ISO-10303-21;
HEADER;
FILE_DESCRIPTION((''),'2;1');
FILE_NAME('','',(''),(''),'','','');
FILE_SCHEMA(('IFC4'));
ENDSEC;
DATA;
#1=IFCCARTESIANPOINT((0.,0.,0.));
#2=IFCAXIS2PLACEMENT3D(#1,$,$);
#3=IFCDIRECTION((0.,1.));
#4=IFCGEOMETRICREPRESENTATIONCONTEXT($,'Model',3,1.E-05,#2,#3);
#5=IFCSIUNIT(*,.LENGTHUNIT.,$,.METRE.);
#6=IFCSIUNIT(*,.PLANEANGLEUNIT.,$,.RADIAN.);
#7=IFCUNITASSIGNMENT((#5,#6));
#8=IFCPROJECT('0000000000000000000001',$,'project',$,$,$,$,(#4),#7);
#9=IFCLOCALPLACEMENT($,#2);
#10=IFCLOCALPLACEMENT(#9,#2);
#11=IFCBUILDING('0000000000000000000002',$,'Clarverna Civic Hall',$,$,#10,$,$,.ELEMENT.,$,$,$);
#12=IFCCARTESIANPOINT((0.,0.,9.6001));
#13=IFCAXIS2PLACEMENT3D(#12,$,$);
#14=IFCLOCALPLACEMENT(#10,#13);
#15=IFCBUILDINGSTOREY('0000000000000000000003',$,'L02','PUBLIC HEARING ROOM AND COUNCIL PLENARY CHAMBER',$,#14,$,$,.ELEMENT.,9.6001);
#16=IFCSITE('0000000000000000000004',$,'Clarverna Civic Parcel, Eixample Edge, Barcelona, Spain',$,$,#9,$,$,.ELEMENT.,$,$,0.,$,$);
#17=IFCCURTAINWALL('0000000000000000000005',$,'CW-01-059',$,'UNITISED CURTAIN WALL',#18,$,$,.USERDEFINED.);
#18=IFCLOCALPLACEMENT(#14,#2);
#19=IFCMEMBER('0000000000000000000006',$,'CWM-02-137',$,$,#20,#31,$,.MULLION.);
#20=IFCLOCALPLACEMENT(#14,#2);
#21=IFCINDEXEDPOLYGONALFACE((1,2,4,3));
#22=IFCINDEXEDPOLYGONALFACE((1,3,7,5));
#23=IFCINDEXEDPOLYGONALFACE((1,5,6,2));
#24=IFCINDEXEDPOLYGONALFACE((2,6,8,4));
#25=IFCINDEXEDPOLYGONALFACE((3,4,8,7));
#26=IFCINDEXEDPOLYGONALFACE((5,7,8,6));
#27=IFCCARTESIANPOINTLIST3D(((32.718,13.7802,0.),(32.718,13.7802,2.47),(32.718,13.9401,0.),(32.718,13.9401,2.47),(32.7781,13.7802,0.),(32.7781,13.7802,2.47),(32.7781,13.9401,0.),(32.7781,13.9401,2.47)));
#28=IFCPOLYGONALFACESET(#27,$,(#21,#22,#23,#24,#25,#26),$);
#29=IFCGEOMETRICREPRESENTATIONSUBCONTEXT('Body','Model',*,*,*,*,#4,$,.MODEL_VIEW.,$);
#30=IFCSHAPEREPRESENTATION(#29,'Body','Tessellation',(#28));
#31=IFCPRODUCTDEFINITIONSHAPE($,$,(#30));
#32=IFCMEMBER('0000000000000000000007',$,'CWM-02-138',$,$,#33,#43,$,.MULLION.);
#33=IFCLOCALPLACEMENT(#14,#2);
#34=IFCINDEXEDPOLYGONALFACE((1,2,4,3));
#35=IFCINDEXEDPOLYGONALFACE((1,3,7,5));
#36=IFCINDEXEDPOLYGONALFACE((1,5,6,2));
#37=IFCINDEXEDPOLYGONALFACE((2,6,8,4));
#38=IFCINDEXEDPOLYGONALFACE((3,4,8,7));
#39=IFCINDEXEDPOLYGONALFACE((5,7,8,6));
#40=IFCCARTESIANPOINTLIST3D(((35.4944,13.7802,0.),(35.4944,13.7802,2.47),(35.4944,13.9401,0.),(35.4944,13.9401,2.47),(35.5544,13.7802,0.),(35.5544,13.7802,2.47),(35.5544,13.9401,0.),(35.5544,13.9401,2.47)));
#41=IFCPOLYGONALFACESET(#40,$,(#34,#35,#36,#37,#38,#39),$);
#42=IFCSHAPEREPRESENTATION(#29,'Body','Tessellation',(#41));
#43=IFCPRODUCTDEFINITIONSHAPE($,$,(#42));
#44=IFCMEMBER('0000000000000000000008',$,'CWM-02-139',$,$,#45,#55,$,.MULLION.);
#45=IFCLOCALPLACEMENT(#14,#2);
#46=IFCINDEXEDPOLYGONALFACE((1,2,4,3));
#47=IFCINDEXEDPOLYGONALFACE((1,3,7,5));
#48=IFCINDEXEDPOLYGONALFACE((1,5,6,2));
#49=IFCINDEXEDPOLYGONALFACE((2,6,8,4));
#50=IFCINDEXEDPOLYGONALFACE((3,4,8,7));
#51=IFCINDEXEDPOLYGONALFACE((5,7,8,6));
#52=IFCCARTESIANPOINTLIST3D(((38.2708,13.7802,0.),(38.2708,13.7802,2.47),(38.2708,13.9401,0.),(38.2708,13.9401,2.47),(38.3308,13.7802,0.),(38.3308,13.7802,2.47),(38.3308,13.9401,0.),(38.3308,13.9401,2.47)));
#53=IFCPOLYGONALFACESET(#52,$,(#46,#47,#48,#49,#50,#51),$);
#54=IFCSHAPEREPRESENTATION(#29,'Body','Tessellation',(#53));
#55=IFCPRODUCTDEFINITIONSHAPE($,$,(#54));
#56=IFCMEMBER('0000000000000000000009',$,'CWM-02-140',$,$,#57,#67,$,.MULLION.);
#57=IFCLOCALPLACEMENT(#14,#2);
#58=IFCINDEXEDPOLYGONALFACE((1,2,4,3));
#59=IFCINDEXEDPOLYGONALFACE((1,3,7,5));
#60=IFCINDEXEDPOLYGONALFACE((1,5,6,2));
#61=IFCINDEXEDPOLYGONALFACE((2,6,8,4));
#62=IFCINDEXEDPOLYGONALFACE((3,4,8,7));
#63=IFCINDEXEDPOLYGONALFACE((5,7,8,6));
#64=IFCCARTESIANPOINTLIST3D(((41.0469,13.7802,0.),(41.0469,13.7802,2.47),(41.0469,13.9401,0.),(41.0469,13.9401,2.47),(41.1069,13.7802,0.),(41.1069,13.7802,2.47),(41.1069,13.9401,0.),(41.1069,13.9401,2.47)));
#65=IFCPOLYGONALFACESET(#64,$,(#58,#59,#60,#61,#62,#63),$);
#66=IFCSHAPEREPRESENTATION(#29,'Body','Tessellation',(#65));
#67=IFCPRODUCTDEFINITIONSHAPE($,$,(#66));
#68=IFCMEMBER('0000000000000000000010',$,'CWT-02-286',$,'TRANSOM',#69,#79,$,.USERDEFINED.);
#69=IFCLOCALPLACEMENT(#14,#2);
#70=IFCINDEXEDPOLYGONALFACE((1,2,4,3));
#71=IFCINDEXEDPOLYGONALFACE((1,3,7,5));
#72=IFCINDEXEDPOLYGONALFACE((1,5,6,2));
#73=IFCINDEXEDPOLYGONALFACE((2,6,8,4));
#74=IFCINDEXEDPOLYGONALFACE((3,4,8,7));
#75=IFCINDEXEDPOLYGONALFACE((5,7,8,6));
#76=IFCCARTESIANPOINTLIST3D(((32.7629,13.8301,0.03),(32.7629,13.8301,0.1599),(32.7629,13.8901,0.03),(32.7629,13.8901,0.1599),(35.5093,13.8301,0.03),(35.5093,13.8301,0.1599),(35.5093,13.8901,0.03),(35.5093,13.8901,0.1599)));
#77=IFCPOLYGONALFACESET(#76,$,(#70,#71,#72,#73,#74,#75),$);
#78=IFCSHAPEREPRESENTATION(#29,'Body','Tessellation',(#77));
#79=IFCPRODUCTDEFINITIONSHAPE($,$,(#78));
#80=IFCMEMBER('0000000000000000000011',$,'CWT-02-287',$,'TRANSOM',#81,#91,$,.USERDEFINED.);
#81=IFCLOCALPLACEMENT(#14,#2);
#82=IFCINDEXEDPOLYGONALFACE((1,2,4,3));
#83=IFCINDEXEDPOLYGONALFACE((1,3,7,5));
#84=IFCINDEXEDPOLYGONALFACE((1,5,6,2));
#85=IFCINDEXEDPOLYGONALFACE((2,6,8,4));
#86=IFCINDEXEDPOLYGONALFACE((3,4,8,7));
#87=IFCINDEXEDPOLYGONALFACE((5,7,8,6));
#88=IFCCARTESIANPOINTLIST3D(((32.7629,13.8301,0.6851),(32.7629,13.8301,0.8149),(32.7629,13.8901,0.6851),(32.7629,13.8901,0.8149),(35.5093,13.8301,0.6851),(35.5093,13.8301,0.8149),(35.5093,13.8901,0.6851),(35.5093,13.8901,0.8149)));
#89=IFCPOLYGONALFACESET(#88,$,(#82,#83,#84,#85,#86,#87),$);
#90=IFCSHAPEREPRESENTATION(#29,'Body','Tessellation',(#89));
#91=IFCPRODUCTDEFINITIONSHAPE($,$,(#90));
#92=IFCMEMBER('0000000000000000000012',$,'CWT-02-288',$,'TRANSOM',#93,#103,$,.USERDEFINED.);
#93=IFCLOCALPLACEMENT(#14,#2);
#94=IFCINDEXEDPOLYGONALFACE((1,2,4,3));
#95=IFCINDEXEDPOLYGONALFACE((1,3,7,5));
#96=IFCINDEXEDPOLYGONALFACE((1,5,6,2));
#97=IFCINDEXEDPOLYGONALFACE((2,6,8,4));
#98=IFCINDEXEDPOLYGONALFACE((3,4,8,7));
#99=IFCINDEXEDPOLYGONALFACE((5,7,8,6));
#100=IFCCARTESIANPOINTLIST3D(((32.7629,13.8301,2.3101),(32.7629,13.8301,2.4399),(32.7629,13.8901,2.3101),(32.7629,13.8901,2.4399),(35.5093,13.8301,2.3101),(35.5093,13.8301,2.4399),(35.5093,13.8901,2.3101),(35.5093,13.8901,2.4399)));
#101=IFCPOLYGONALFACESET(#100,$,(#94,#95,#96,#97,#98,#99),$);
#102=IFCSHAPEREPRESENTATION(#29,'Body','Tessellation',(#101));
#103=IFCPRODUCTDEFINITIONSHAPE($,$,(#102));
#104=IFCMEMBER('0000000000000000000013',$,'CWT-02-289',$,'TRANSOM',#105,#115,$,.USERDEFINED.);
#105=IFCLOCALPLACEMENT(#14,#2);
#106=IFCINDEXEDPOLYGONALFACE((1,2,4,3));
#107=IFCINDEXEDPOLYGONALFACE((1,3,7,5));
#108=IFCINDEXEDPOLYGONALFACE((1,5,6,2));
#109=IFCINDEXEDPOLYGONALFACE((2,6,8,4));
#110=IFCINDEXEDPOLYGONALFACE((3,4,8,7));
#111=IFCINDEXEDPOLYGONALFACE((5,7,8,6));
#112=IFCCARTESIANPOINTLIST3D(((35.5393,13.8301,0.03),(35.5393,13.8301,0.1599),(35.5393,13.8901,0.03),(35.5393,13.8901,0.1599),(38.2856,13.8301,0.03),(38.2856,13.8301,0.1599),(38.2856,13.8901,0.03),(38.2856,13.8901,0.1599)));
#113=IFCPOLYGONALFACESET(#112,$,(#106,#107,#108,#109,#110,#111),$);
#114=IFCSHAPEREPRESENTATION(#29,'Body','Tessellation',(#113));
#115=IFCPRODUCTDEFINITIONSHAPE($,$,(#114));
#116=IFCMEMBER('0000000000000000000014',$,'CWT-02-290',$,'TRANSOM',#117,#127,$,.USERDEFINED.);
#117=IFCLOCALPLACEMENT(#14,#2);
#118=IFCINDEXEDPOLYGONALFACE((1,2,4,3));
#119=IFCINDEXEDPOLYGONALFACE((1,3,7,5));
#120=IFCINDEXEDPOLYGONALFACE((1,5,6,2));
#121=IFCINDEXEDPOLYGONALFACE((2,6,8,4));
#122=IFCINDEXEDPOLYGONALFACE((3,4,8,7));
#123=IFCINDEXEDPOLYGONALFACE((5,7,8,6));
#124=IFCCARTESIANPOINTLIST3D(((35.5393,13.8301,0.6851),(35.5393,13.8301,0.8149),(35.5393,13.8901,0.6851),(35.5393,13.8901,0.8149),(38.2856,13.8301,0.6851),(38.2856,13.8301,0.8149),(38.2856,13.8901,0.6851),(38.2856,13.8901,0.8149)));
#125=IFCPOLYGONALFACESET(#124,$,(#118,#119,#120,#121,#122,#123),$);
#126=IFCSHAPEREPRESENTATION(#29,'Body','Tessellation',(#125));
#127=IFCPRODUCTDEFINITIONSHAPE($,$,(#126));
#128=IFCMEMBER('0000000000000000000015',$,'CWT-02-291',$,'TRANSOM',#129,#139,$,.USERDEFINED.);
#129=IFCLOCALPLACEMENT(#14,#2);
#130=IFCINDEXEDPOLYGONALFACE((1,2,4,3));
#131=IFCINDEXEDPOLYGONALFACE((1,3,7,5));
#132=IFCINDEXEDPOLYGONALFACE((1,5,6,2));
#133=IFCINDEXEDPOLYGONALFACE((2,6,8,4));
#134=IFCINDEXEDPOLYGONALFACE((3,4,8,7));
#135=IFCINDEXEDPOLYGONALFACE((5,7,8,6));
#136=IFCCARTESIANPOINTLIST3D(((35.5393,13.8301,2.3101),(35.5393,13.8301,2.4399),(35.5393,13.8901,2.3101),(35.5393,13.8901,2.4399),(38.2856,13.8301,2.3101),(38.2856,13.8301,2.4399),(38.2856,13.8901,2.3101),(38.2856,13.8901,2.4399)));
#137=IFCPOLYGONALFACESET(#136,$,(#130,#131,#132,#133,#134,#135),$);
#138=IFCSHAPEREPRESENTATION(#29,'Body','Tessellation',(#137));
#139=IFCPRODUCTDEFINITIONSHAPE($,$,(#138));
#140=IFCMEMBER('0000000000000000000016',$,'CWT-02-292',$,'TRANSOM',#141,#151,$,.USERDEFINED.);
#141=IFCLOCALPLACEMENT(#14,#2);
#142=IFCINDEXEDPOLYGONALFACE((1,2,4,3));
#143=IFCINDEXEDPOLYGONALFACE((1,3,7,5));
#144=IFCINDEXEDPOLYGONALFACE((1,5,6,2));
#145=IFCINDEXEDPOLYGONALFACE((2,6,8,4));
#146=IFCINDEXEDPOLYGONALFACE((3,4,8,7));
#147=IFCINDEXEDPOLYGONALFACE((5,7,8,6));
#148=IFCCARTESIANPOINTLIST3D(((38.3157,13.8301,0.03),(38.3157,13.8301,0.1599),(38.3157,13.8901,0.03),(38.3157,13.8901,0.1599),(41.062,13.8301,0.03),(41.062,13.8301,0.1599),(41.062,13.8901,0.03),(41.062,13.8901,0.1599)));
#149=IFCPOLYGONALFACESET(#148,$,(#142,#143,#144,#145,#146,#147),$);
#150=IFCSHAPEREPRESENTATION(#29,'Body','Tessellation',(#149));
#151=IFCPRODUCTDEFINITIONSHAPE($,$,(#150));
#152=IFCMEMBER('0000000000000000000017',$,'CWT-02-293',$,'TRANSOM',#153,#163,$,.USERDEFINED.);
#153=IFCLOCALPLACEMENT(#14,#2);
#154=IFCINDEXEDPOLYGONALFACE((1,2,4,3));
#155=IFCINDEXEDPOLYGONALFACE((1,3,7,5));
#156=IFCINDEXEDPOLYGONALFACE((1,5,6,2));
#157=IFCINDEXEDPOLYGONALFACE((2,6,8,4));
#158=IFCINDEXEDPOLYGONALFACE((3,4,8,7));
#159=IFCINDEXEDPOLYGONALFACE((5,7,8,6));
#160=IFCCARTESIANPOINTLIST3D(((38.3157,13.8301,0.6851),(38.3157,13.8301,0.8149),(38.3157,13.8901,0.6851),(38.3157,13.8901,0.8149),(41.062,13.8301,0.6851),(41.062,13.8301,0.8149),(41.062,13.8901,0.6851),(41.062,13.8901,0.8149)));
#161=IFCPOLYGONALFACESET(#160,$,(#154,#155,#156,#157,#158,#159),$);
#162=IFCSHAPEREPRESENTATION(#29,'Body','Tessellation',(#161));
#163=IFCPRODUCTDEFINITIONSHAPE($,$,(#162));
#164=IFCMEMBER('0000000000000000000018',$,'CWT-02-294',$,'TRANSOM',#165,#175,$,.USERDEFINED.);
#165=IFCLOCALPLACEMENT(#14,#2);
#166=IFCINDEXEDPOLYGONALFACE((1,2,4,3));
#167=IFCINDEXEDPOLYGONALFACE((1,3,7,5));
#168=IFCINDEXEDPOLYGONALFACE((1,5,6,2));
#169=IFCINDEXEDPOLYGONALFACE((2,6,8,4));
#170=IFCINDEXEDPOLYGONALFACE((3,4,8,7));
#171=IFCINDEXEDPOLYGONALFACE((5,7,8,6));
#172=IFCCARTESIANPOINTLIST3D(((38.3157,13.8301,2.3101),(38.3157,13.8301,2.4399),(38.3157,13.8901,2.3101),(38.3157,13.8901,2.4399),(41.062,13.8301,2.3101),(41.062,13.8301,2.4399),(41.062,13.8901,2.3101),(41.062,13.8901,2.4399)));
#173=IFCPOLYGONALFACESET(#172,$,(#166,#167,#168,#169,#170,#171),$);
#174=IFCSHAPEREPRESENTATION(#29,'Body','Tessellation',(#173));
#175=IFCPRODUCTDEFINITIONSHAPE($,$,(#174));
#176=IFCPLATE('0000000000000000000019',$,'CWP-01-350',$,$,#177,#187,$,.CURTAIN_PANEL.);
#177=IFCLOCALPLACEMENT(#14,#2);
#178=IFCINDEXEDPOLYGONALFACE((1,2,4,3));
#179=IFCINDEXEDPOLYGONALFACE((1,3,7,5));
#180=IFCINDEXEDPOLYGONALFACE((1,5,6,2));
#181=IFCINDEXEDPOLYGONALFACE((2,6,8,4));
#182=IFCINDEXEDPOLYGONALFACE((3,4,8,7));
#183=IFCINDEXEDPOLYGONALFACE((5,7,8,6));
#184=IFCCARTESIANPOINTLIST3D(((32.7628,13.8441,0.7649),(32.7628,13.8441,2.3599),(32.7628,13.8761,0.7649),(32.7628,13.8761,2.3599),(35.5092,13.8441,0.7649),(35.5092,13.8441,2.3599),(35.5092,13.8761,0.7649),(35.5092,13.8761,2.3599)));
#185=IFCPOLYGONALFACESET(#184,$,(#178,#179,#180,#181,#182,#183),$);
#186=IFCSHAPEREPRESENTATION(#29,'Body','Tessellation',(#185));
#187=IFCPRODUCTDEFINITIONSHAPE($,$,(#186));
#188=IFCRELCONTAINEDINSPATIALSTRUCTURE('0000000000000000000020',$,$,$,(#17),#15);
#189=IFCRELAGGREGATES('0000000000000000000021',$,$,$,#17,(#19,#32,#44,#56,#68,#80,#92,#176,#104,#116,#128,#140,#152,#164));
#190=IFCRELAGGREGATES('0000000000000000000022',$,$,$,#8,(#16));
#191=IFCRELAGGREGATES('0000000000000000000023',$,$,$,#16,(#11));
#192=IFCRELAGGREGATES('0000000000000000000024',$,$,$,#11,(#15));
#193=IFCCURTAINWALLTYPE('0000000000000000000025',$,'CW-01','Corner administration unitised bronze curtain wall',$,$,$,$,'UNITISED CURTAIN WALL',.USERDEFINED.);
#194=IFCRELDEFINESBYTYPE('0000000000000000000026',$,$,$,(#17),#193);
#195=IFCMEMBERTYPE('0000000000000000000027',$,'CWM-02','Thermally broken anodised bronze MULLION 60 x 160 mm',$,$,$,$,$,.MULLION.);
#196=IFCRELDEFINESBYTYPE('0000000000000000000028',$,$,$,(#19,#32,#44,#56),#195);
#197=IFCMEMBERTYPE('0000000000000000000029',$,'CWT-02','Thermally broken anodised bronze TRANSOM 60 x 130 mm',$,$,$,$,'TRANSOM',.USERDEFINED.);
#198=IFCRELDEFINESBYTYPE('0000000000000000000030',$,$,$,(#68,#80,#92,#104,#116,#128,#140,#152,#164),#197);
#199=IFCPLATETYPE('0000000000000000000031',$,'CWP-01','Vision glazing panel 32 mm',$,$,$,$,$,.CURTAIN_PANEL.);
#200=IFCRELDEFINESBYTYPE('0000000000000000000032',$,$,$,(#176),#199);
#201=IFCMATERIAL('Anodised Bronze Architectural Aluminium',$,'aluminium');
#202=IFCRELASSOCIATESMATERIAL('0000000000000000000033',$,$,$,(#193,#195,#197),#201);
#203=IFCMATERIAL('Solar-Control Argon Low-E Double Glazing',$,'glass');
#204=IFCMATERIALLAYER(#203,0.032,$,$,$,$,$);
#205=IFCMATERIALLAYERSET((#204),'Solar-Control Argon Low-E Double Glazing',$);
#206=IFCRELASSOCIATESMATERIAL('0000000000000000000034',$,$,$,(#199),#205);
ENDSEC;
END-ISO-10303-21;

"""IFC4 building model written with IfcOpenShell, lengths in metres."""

from ifc_helpers import new_model, si_unit, direction, frame, frame_2d, origin, origin_2d, place, context, subcontext, project, spatial, rectangle, extrude, material, layer, layer_set, material_profile, profile_set, type_object, element, aggregate, save


model = new_model("IFC4")

# Units and contexts
model_context = context("Model", 3, precision=1e-05, world=origin(), true_north=direction((0.0, 1.0)))
body_context = subcontext(model_context, "Body", "Model", "MODEL_VIEW")
ifc_project = project(units=[si_unit("LENGTHUNIT", "METRE"), si_unit("PLANEANGLEUNIT", "RADIAN")], contexts=[model_context])

# Site, building, storey
site_placement = place(None, origin())
site = spatial("IfcSite", under=ifc_project, at=site_placement, Name="Clarverna Civic Parcel, Eixample Edge, Barcelona, Spain", CompositionType="ELEMENT", RefElevation=0.0)
building_placement = place(site_placement, origin())
building = spatial("IfcBuilding", under=site, at=building_placement, Name="Clarverna Civic Hall", CompositionType="ELEMENT")
storey_placement = place(building_placement, frame((0.0, 0.0, 9.6001)))
storey = spatial("IfcBuildingStorey", under=building, at=storey_placement, Name="L02", Description="PUBLIC HEARING ROOM AND COUNCIL PLENARY CHAMBER", CompositionType="ELEMENT", Elevation=9.6001)

# Curtain wall, members, plate
ifc_material_1 = material(Name="Anodised Bronze Architectural Aluminium", Category="aluminium")
curtain_wall_type = type_object("IfcCurtainWallType", Name="CW-01", Description="Corner administration unitised bronze curtain wall", ElementType="UNITISED CURTAIN WALL", PredefinedType="USERDEFINED", material=ifc_material_1)
curtain_wall_placement = place(storey_placement, origin())
curtain_wall = element("IfcCurtainWall", 1, at=curtain_wall_placement, inside=storey, type_object=curtain_wall_type, Name="CW-01-059", ObjectType="UNITISED CURTAIN WALL", PredefinedType="USERDEFINED")
ifc_material_profile_1 = material_profile(ifc_material_1, rectangle(XDim=0.0601, YDim=0.1599, at=origin_2d()), Name="BRONZE 60x160")
ifc_profile_set_1 = profile_set([ifc_material_profile_1], Name="Anodised Bronze Architectural Aluminium")
member_type_1 = type_object("IfcMemberType", Name="CWM-02", Description="Thermally broken anodised bronze MULLION 60 x 160 mm", PredefinedType="MULLION", material=ifc_profile_set_1)
member_1_placement = place(storey_placement, frame((32.748, 13.8601, 0.0), z_axis=(0.0, 0.0, 1.0), x_axis=(1.0, 0.0, 0.0)))
member_1 = element("IfcMember", 2, at=member_1_placement, type_object=member_type_1, Name="CWM-02-137", PredefinedType="MULLION", context=body_context, shape_type="SweptSolid", body=[
    extrude(rectangle(XDim=0.0601, YDim=0.1599, at=origin_2d()), origin(), (0.0, 0.0, 1.0), 2.47),
])
member_2_placement = place(storey_placement, frame((35.5244, 13.8601, 0.0), z_axis=(0.0, 0.0, 1.0), x_axis=(1.0, 0.0, 0.0)))
member_2 = element("IfcMember", 3, at=member_2_placement, type_object=member_type_1, Name="CWM-02-138", PredefinedType="MULLION", context=body_context, shape_type="SweptSolid", body=[
    extrude(rectangle(XDim=0.0601, YDim=0.1599, at=origin_2d()), origin(), (0.0, 0.0, 1.0), 2.47),
])
member_3_placement = place(storey_placement, frame((38.3008, 13.8601, 0.0), z_axis=(0.0, 0.0, 1.0), x_axis=(1.0, 0.0, 0.0)))
member_3 = element("IfcMember", 4, at=member_3_placement, type_object=member_type_1, Name="CWM-02-139", PredefinedType="MULLION", context=body_context, shape_type="SweptSolid", body=[
    extrude(rectangle(XDim=0.0601, YDim=0.1599, at=origin_2d()), origin(), (0.0, 0.0, 1.0), 2.47),
])
member_4_placement = place(storey_placement, frame((41.0769, 13.8601, 0.0), z_axis=(0.0, 0.0, 1.0), x_axis=(1.0, 0.0, 0.0)))
member_4 = element("IfcMember", 5, at=member_4_placement, type_object=member_type_1, Name="CWM-02-140", PredefinedType="MULLION", context=body_context, shape_type="SweptSolid", body=[
    extrude(rectangle(XDim=0.0601, YDim=0.1599, at=origin_2d()), origin(), (0.0, 0.0, 1.0), 2.47),
])
ifc_material_profile_2 = material_profile(ifc_material_1, rectangle(XDim=0.0601, YDim=0.1299, at=origin_2d()), Name="BRONZE 60x130")
ifc_profile_set_2 = profile_set([ifc_material_profile_2], Name="Anodised Bronze Architectural Aluminium")
member_type_2 = type_object("IfcMemberType", Name="CWT-02", Description="Thermally broken anodised bronze TRANSOM 60 x 130 mm", ElementType="TRANSOM", PredefinedType="USERDEFINED", material=ifc_profile_set_2)
member_5_placement = place(storey_placement, frame((32.7629, 13.8601, 0.095), z_axis=(1.0, 0.0, 0.0), x_axis=(0.0, 1.0, 0.0)))
member_5 = element("IfcMember", 6, at=member_5_placement, type_object=member_type_2, Name="CWT-02-286", ObjectType="TRANSOM", PredefinedType="USERDEFINED", context=body_context, shape_type="SweptSolid", body=[
    extrude(rectangle(XDim=0.0601, YDim=0.1299, at=origin_2d()), origin(), (0.0, 0.0, 1.0), 2.7463),
])
member_6_placement = place(storey_placement, frame((32.7629, 13.8601, 0.75), z_axis=(1.0, 0.0, 0.0), x_axis=(0.0, 1.0, 0.0)))
member_6 = element("IfcMember", 7, at=member_6_placement, type_object=member_type_2, Name="CWT-02-287", ObjectType="TRANSOM", PredefinedType="USERDEFINED", context=body_context, shape_type="SweptSolid", body=[
    extrude(rectangle(XDim=0.0601, YDim=0.1299, at=origin_2d()), origin(), (0.0, 0.0, 1.0), 2.7463),
])
member_7_placement = place(storey_placement, frame((32.7629, 13.8601, 2.375), z_axis=(1.0, 0.0, 0.0), x_axis=(0.0, 1.0, 0.0)))
member_7 = element("IfcMember", 8, at=member_7_placement, type_object=member_type_2, Name="CWT-02-288", ObjectType="TRANSOM", PredefinedType="USERDEFINED", context=body_context, shape_type="SweptSolid", body=[
    extrude(rectangle(XDim=0.0601, YDim=0.1299, at=origin_2d()), origin(), (0.0, 0.0, 1.0), 2.7463),
])
member_8_placement = place(storey_placement, frame((35.5393, 13.8601, 0.095), z_axis=(1.0, 0.0, 0.0), x_axis=(0.0, 1.0, 0.0)))
member_8 = element("IfcMember", 9, at=member_8_placement, type_object=member_type_2, Name="CWT-02-289", ObjectType="TRANSOM", PredefinedType="USERDEFINED", context=body_context, shape_type="SweptSolid", body=[
    extrude(rectangle(XDim=0.0601, YDim=0.1299, at=origin_2d()), origin(), (0.0, 0.0, 1.0), 2.7463),
])
member_9_placement = place(storey_placement, frame((35.5393, 13.8601, 0.75), z_axis=(1.0, 0.0, 0.0), x_axis=(0.0, 1.0, 0.0)))
member_9 = element("IfcMember", 10, at=member_9_placement, type_object=member_type_2, Name="CWT-02-290", ObjectType="TRANSOM", PredefinedType="USERDEFINED", context=body_context, shape_type="SweptSolid", body=[
    extrude(rectangle(XDim=0.0601, YDim=0.1299, at=origin_2d()), origin(), (0.0, 0.0, 1.0), 2.7463),
])
member_10_placement = place(storey_placement, frame((35.5393, 13.8601, 2.375), z_axis=(1.0, 0.0, 0.0), x_axis=(0.0, 1.0, 0.0)))
member_10 = element("IfcMember", 11, at=member_10_placement, type_object=member_type_2, Name="CWT-02-291", ObjectType="TRANSOM", PredefinedType="USERDEFINED", context=body_context, shape_type="SweptSolid", body=[
    extrude(rectangle(XDim=0.0601, YDim=0.1299, at=origin_2d()), origin(), (0.0, 0.0, 1.0), 2.7463),
])
member_11_placement = place(storey_placement, frame((38.3157, 13.8601, 0.095), z_axis=(1.0, 0.0, 0.0), x_axis=(0.0, 1.0, 0.0)))
member_11 = element("IfcMember", 12, at=member_11_placement, type_object=member_type_2, Name="CWT-02-292", ObjectType="TRANSOM", PredefinedType="USERDEFINED", context=body_context, shape_type="SweptSolid", body=[
    extrude(rectangle(XDim=0.0601, YDim=0.1299, at=origin_2d()), origin(), (0.0, 0.0, 1.0), 2.7463),
])
member_12_placement = place(storey_placement, frame((38.3157, 13.8601, 0.75), z_axis=(1.0, 0.0, 0.0), x_axis=(0.0, 1.0, 0.0)))
member_12 = element("IfcMember", 13, at=member_12_placement, type_object=member_type_2, Name="CWT-02-293", ObjectType="TRANSOM", PredefinedType="USERDEFINED", context=body_context, shape_type="SweptSolid", body=[
    extrude(rectangle(XDim=0.0601, YDim=0.1299, at=origin_2d()), origin(), (0.0, 0.0, 1.0), 2.7463),
])
member_13_placement = place(storey_placement, frame((38.3157, 13.8601, 2.375), z_axis=(1.0, 0.0, 0.0), x_axis=(0.0, 1.0, 0.0)))
member_13 = element("IfcMember", 14, at=member_13_placement, type_object=member_type_2, Name="CWT-02-294", ObjectType="TRANSOM", PredefinedType="USERDEFINED", context=body_context, shape_type="SweptSolid", body=[
    extrude(rectangle(XDim=0.0601, YDim=0.1299, at=origin_2d()), origin(), (0.0, 0.0, 1.0), 2.7463),
])
ifc_material_2 = material(Name="Solar-Control Argon Low-E Double Glazing", Category="glass")
ifc_layer_1 = layer(ifc_material_2, 0.032)
ifc_layer_set_1 = layer_set([ifc_layer_1], Name="Solar-Control Argon Low-E Double Glazing")
plate_type_1 = type_object("IfcPlateType", Name="CWP-01", Description="Vision glazing panel 32 mm", PredefinedType="CURTAIN_PANEL", material=ifc_layer_set_1)
plate_1_placement = place(storey_placement, frame((32.7629, 13.8601, 0.7649), z_axis=(0.0, 0.0, 1.0), x_axis=(1.0, 0.0, 0.0)))
plate_1 = element("IfcPlate", 15, at=plate_1_placement, type_object=plate_type_1, Name="CWP-01-350", PredefinedType="CURTAIN_PANEL", context=body_context, shape_type="SweptSolid", body=[
    extrude(rectangle(XDim=2.7463, YDim=0.032, at=frame_2d((1.373, 0.0))), origin(), (0.0, 0.0, 1.0), 1.595),
])
aggregate(curtain_wall, [member_1, member_2, member_3, member_4, member_5, member_6, member_7, plate_1, member_8, member_9, member_10, member_11, member_12, member_13])

save(model, "model.ifc")
